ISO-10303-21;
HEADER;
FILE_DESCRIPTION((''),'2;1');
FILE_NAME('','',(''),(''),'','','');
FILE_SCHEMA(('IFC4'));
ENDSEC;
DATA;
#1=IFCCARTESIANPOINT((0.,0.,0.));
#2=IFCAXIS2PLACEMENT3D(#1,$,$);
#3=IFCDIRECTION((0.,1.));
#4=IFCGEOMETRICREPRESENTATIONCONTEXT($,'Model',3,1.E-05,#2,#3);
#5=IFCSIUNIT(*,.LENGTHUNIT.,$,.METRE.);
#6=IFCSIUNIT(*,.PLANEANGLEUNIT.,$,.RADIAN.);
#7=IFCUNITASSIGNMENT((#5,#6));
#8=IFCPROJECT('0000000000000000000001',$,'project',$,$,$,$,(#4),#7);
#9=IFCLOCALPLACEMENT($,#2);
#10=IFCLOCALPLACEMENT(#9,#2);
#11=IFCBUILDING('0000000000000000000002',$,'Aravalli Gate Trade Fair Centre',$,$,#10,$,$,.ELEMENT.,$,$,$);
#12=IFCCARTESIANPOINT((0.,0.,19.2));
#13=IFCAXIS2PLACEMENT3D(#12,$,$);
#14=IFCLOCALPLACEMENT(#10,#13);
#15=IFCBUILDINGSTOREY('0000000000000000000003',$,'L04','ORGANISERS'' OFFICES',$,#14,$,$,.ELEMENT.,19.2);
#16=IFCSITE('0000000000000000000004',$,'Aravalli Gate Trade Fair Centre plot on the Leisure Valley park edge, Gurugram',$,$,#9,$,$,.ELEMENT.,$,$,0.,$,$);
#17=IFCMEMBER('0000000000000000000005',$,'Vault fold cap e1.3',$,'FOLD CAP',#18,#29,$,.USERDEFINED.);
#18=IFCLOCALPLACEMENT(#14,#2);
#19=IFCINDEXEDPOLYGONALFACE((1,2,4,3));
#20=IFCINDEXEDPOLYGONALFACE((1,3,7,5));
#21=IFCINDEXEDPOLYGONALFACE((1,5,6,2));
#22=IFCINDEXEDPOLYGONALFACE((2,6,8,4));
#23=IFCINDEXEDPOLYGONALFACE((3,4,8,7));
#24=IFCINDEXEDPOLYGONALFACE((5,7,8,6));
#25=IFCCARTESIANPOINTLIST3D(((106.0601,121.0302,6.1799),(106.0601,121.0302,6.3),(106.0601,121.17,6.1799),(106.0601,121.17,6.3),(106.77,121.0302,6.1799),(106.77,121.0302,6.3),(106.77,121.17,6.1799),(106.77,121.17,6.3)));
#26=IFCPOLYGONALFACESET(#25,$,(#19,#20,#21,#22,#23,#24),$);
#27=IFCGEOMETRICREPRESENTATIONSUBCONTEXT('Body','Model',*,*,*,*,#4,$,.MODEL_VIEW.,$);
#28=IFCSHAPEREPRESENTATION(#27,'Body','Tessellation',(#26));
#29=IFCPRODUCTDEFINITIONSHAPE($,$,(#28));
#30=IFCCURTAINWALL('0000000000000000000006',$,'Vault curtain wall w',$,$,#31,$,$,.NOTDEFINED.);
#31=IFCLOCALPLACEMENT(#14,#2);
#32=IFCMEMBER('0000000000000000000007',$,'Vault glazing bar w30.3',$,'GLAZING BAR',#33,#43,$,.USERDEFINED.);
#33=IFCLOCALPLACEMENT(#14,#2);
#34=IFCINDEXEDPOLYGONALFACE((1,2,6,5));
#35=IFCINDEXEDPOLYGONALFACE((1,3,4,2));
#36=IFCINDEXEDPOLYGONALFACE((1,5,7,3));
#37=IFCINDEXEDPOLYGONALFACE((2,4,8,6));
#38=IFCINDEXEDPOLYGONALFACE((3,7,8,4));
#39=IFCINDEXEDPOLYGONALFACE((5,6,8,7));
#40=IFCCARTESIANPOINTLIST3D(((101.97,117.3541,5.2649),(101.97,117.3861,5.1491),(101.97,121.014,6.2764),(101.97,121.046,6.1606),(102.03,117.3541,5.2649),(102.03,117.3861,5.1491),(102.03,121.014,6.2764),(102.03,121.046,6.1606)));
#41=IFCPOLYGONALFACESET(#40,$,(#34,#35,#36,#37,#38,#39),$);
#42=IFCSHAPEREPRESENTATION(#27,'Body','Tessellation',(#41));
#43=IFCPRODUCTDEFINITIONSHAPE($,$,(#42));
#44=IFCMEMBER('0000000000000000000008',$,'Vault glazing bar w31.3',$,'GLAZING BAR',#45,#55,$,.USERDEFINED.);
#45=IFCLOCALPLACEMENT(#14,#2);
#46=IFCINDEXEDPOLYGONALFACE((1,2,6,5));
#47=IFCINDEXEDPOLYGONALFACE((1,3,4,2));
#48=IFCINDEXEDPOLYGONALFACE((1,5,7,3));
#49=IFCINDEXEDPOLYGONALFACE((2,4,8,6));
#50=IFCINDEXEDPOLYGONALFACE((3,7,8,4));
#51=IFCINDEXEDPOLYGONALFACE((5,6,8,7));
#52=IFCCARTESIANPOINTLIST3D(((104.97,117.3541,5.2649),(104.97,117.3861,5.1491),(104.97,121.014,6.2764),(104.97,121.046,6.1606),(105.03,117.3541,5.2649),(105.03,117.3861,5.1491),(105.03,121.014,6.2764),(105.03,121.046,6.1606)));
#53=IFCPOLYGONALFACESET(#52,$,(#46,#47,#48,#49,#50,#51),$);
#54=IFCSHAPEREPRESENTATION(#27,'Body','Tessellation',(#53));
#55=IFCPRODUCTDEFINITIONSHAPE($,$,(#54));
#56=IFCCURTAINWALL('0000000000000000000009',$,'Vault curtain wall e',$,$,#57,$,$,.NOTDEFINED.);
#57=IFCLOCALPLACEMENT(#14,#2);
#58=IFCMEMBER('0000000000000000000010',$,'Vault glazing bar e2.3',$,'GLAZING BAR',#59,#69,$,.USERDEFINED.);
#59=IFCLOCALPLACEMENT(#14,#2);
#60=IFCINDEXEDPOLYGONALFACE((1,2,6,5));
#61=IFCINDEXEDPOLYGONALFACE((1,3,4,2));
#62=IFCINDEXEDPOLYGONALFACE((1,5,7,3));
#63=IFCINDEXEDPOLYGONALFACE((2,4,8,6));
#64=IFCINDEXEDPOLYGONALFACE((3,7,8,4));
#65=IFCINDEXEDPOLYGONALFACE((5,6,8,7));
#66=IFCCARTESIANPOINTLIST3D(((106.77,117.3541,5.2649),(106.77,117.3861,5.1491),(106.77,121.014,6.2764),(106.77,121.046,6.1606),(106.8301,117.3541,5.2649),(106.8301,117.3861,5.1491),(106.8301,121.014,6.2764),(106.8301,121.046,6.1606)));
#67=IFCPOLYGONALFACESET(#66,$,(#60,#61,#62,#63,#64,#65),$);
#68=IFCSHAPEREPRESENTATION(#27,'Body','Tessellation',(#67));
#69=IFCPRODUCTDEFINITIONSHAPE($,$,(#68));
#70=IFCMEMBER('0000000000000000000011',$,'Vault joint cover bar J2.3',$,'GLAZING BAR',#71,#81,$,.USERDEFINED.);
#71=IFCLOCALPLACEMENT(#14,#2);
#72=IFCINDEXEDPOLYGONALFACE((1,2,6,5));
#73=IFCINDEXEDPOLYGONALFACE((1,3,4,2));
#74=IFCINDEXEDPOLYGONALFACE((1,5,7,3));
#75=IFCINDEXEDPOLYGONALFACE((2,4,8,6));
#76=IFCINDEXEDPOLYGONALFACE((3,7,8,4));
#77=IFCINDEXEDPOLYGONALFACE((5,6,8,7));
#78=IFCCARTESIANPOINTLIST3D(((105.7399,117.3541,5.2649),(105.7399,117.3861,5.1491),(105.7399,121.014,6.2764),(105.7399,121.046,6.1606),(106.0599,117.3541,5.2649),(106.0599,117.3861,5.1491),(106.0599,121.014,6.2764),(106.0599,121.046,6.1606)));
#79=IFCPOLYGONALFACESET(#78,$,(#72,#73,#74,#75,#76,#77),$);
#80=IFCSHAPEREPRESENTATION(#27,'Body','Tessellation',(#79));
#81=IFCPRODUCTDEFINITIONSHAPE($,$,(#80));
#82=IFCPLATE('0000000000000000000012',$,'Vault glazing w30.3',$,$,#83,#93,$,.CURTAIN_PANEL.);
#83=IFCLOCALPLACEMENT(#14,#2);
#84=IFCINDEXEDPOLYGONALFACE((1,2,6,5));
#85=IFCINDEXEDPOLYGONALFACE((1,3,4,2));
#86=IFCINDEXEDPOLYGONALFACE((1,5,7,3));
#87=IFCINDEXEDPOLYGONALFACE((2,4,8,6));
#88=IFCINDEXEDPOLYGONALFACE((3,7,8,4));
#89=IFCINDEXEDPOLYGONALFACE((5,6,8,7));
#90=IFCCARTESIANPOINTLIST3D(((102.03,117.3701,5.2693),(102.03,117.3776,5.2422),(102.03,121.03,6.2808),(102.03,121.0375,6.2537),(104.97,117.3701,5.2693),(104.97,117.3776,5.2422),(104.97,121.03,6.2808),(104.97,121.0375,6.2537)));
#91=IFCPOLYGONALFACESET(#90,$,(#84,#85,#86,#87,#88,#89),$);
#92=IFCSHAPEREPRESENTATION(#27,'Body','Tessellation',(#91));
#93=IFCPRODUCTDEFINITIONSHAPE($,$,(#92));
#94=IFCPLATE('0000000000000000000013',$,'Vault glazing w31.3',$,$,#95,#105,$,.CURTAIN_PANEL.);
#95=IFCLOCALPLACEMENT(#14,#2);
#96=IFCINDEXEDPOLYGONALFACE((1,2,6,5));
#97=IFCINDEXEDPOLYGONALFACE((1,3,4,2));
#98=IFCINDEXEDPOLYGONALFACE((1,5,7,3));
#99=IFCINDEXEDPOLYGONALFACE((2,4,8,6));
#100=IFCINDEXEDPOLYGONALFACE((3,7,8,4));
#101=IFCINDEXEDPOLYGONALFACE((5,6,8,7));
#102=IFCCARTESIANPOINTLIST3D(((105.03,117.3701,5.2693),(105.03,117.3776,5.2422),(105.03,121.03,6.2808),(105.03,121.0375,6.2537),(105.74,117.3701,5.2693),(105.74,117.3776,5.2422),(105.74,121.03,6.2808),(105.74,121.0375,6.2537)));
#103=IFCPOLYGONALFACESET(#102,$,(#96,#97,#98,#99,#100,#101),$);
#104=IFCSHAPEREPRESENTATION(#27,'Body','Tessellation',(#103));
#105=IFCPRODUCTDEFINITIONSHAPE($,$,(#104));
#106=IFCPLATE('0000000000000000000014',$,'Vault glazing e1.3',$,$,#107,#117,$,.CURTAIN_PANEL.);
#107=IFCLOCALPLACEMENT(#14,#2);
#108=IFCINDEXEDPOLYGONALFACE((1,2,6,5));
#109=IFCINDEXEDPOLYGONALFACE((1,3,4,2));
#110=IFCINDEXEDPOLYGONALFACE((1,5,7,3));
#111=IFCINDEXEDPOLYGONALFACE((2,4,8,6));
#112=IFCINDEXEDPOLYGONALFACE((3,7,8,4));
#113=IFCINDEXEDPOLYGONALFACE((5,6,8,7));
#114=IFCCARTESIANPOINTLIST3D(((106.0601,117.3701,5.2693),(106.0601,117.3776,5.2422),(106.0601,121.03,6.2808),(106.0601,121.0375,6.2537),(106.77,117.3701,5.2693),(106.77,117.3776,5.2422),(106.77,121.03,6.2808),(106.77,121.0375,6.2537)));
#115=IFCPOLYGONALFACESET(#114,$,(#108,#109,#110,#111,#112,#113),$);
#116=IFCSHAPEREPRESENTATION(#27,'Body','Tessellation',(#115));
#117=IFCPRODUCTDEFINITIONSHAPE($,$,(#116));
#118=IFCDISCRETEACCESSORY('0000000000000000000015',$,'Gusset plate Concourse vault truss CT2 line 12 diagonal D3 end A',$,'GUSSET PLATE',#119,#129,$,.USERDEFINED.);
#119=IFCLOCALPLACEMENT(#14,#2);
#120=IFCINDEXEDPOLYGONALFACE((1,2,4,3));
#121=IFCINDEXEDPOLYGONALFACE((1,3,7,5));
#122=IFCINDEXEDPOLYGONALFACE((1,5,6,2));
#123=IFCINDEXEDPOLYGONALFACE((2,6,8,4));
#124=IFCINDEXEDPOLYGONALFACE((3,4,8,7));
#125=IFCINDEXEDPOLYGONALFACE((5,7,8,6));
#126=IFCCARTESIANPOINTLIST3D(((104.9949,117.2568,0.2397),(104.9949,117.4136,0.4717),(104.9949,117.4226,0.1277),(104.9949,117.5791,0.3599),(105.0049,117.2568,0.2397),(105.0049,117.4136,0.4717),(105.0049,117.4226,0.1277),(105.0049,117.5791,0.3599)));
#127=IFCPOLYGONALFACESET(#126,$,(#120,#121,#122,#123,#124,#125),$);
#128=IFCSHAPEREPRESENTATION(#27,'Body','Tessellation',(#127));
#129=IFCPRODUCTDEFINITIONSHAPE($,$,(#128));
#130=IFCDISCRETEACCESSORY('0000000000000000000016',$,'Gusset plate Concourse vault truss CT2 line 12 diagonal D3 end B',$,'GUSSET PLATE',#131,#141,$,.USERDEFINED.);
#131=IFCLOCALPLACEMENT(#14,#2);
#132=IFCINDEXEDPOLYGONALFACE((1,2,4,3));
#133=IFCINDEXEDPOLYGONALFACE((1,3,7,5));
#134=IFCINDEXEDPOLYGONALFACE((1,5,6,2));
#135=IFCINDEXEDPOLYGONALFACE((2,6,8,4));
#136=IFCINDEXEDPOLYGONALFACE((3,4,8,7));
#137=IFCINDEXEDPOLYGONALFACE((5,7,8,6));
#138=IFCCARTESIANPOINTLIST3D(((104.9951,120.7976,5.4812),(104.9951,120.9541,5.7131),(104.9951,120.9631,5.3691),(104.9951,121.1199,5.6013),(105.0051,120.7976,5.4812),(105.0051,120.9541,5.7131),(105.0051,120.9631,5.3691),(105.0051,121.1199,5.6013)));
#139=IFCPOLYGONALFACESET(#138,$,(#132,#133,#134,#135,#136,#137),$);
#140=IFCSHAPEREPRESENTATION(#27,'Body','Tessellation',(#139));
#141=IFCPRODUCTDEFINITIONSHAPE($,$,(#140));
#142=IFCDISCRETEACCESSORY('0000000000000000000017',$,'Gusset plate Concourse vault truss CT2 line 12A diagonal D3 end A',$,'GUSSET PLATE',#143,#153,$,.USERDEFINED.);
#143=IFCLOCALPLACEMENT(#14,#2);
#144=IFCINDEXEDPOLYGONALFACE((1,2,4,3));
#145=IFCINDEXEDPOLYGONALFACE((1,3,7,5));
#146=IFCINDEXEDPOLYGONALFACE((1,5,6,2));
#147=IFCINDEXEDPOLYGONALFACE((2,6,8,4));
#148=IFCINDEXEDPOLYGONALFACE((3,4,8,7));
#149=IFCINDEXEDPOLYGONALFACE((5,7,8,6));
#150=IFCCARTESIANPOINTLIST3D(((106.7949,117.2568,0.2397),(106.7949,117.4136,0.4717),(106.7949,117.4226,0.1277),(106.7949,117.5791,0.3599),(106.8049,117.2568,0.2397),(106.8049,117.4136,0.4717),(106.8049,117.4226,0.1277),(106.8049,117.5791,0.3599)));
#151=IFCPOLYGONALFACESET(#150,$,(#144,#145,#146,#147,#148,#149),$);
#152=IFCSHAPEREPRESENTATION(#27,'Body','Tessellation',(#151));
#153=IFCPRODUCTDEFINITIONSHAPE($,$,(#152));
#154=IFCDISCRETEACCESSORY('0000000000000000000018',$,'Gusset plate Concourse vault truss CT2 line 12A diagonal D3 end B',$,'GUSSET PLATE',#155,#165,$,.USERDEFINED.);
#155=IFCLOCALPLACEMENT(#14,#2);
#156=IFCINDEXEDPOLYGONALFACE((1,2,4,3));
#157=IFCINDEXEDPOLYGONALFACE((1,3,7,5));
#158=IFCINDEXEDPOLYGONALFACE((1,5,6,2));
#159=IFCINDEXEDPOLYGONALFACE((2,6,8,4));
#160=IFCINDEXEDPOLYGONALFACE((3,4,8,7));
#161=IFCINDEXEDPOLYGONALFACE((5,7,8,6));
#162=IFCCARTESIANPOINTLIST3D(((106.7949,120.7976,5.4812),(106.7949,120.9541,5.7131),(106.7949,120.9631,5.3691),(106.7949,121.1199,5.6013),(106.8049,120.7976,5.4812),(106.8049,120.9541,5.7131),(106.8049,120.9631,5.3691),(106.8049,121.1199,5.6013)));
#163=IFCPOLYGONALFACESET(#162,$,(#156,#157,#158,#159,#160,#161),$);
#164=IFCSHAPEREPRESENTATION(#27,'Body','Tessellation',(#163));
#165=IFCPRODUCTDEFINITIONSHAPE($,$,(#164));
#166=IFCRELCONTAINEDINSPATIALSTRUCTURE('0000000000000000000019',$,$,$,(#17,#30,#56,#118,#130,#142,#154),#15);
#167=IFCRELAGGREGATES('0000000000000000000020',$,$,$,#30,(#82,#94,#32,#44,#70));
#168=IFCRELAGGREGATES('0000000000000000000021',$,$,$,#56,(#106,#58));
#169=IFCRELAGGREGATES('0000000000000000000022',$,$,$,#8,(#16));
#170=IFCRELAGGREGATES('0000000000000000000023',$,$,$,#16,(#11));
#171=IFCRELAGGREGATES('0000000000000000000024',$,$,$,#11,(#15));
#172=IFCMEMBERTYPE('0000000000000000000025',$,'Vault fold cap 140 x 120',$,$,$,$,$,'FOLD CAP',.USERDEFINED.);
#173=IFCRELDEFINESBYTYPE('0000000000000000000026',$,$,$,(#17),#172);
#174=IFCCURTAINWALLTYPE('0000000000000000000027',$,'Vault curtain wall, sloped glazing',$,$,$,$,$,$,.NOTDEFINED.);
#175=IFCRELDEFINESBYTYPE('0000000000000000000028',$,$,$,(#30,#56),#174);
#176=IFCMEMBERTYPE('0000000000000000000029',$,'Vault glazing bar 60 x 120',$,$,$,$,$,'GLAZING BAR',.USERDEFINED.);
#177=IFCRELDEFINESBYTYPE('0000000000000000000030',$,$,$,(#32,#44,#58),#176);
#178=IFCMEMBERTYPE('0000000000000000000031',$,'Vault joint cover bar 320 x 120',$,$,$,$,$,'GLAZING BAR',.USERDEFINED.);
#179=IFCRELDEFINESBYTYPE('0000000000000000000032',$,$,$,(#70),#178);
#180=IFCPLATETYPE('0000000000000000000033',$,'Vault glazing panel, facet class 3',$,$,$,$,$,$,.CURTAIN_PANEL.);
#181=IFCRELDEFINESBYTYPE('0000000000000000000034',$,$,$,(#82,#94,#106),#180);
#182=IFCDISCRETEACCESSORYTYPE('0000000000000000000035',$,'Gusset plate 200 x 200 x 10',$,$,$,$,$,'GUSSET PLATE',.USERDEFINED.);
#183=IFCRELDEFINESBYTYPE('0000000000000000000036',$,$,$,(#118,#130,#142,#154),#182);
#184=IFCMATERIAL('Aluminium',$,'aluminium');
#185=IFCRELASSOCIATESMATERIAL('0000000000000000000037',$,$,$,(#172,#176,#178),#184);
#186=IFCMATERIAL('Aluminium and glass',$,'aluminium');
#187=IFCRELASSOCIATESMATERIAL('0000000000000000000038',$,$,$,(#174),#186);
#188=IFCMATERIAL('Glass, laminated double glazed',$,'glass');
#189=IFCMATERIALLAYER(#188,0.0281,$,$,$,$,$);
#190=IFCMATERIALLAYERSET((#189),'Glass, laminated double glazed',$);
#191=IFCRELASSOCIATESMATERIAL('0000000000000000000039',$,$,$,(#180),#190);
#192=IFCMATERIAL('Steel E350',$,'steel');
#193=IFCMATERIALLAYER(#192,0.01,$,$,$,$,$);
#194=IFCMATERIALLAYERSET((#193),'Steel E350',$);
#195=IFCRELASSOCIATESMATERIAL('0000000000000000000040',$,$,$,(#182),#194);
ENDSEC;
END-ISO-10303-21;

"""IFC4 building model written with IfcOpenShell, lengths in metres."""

from ifc_helpers import new_model, si_unit, direction, frame, origin, origin_2d, place, context, subcontext, project, spatial, polyline, rectangle, outline, extrude, material, layer, layer_set, material_profile, profile_set, type_object, element, aggregate, save


model = new_model("IFC4")

# Units and contexts
model_context = context("Model", 3, precision=1e-05, world=origin(), true_north=direction((0.0, 1.0)))
body_context = subcontext(model_context, "Body", "Model", "MODEL_VIEW")
ifc_project = project(units=[si_unit("LENGTHUNIT", "METRE"), si_unit("PLANEANGLEUNIT", "RADIAN")], contexts=[model_context])

# Site, building, storey
site_placement = place(None, origin())
site = spatial("IfcSite", under=ifc_project, at=site_placement, Name="Aravalli Gate Trade Fair Centre plot on the Leisure Valley park edge, Gurugram", CompositionType="ELEMENT", RefElevation=0.0)
building_placement = place(site_placement, origin())
building = spatial("IfcBuilding", under=site, at=building_placement, Name="Aravalli Gate Trade Fair Centre", CompositionType="ELEMENT")
storey_placement = place(building_placement, frame((0.0, 0.0, 19.2)))
storey = spatial("IfcBuildingStorey", under=building, at=storey_placement, Name="L04", Description="ORGANISERS' OFFICES", CompositionType="ELEMENT", Elevation=19.2)

# Member
ifc_material_1 = material(Name="Steel E350", Category="steel")
ifc_material_2 = material(Name="Aluminium", Category="aluminium")
ifc_material_profile_1 = material_profile(ifc_material_2, rectangle(XDim=0.1399, YDim=0.1201, at=origin_2d()), Name="Vault fold cap 140 x 120")
ifc_profile_set_1 = profile_set([ifc_material_profile_1], Name="Aluminium")
member_type_1 = type_object("IfcMemberType", Name="Vault fold cap 140 x 120", ElementType="FOLD CAP", PredefinedType="USERDEFINED", material=ifc_profile_set_1)
for number, where, z_axis, x_axis, name in (
    (1, (106.0601, 121.1001, 6.24), (1.0, 0.0, 0.0), (0.0, 1.0, 0.0), "Vault fold cap e1.3"),
):
    element("IfcMember", number, at=place(storey_placement, frame(where, z_axis=z_axis, x_axis=x_axis)), inside=storey, type_object=member_type_1, Name=name, ObjectType="FOLD CAP", PredefinedType="USERDEFINED", context=body_context, shape_type="SweptSolid", body=[
        extrude(rectangle(XDim=0.1399, YDim=0.1201, at=origin_2d()), origin(), (0.0, 0.0, 1.0), 0.71),
    ])

# Curtain wall, members
ifc_material_3 = material(Name="Aluminium and glass", Category="aluminium")
curtain_wall_type = type_object("IfcCurtainWallType", Name="Vault curtain wall, sloped glazing", PredefinedType="NOTDEFINED", material=ifc_material_3)
curtain_wall_1_placement = place(storey_placement, origin())
curtain_wall_1 = element("IfcCurtainWall", 2, at=curtain_wall_1_placement, inside=storey, type_object=curtain_wall_type, Name="Vault curtain wall w", PredefinedType="NOTDEFINED")
ifc_material_profile_2 = material_profile(ifc_material_2, rectangle(XDim=0.0601, YDim=0.1201, at=origin_2d()), Name="Vault glazing bar 60 x 120")
ifc_profile_set_2 = profile_set([ifc_material_profile_2], Name="Aluminium")
member_type_2 = type_object("IfcMemberType", Name="Vault glazing bar 60 x 120", ElementType="GLAZING BAR", PredefinedType="USERDEFINED", material=ifc_profile_set_2)
member_1_placement = place(storey_placement, frame((102.0, 117.3701, 5.207), z_axis=(0.0, 0.963868, 0.26638), x_axis=(-1.0, 0.0, 0.0)))
member_1 = element("IfcMember", 3, at=member_1_placement, type_object=member_type_2, Name="Vault glazing bar w30.3", ObjectType="GLAZING BAR", PredefinedType="USERDEFINED", context=body_context, shape_type="SweptSolid", body=[
    extrude(rectangle(XDim=0.0601, YDim=0.1201, at=origin_2d()), origin(), (0.0, 0.0, 1.0), 3.7971),
])
member_2_placement = place(storey_placement, frame((105.0, 117.3701, 5.207), z_axis=(0.0, 0.963868, 0.26638), x_axis=(-1.0, 0.0, 0.0)))
member_2 = element("IfcMember", 4, at=member_2_placement, type_object=member_type_2, Name="Vault glazing bar w31.3", ObjectType="GLAZING BAR", PredefinedType="USERDEFINED", context=body_context, shape_type="SweptSolid", body=[
    extrude(rectangle(XDim=0.0601, YDim=0.1201, at=origin_2d()), origin(), (0.0, 0.0, 1.0), 3.7971),
])

# Curtain wall, member
curtain_wall_2_placement = place(storey_placement, origin())
curtain_wall_2 = element("IfcCurtainWall", 5, at=curtain_wall_2_placement, inside=storey, type_object=curtain_wall_type, Name="Vault curtain wall e", PredefinedType="NOTDEFINED")
member_3_placement = place(storey_placement, frame((106.8, 117.3701, 5.207), z_axis=(0.0, 0.963868, 0.26638), x_axis=(-1.0, 0.0, 0.0)))
member_3 = element("IfcMember", 6, at=member_3_placement, type_object=member_type_2, Name="Vault glazing bar e2.3", ObjectType="GLAZING BAR", PredefinedType="USERDEFINED", context=body_context, shape_type="SweptSolid", body=[
    extrude(rectangle(XDim=0.0601, YDim=0.1201, at=origin_2d()), origin(), (0.0, 0.0, 1.0), 3.7971),
])

# Member
ifc_material_profile_3 = material_profile(ifc_material_2, rectangle(XDim=0.3201, YDim=0.1201, at=origin_2d()), Name="Vault joint cover bar 320 x 120")
ifc_profile_set_3 = profile_set([ifc_material_profile_3], Name="Aluminium")
member_type_3 = type_object("IfcMemberType", Name="Vault joint cover bar 320 x 120", ElementType="GLAZING BAR", PredefinedType="USERDEFINED", material=ifc_profile_set_3)
member_4_placement = place(storey_placement, frame((105.8999, 117.3701, 5.207), z_axis=(0.0, 0.963868, 0.26638), x_axis=(-1.0, 0.0, 0.0)))
member_4 = element("IfcMember", 7, at=member_4_placement, type_object=member_type_3, Name="Vault joint cover bar J2.3", ObjectType="GLAZING BAR", PredefinedType="USERDEFINED", context=body_context, shape_type="SweptSolid", body=[
    extrude(rectangle(XDim=0.3201, YDim=0.1201, at=origin_2d()), origin(), (0.0, 0.0, 1.0), 3.7971),
])

# Plates
ifc_material_4 = material(Name="Glass, laminated double glazed", Category="glass")
ifc_layer_1 = layer(ifc_material_4, 0.0281)
ifc_layer_set_1 = layer_set([ifc_layer_1], Name="Glass, laminated double glazed")
plate_type = type_object("IfcPlateType", Name="Vault glazing panel, facet class 3", PredefinedType="CURTAIN_PANEL", material=ifc_layer_set_1)
plate_1_placement = place(storey_placement, frame((102.03, 117.3701, 5.2693), z_axis=(0.0, -0.26638, 0.963868), x_axis=(1.0, 0.0, 0.0)))
plate_1 = element("IfcPlate", 8, at=plate_1_placement, type_object=plate_type, Name="Vault glazing w30.3", PredefinedType="CURTAIN_PANEL", context=body_context, shape_type="SweptSolid", body=[
    extrude(outline(polyline([(0.0, 0.0), (2.9399, 0.0), (2.9399, 3.7971), (0.0, 3.7971), (0.0, 0.0)])), origin(), (0.0, 0.0, -1.0), 0.0281),
])
plate_2_placement = place(storey_placement, frame((105.03, 117.3701, 5.2693), z_axis=(0.0, -0.26638, 0.963868), x_axis=(1.0, 0.0, 0.0)))
plate_2 = element("IfcPlate", 9, at=plate_2_placement, type_object=plate_type, Name="Vault glazing w31.3", PredefinedType="CURTAIN_PANEL", context=body_context, shape_type="SweptSolid", body=[
    extrude(outline(polyline([(0.0, 0.0), (0.71, 0.0), (0.71, 3.7971), (0.0, 3.7971), (0.0, 0.0)])), origin(), (0.0, 0.0, -1.0), 0.0281),
])
aggregate(curtain_wall_1, [plate_1, plate_2, member_1, member_2, member_4])
plate_3_placement = place(storey_placement, frame((106.0601, 117.3701, 5.2693), z_axis=(0.0, -0.26638, 0.963868), x_axis=(1.0, 0.0, 0.0)))
plate_3 = element("IfcPlate", 10, at=plate_3_placement, type_object=plate_type, Name="Vault glazing e1.3", PredefinedType="CURTAIN_PANEL", context=body_context, shape_type="SweptSolid", body=[
    extrude(outline(polyline([(0.0, 0.0), (0.71, 0.0), (0.71, 3.7971), (0.0, 3.7971), (0.0, 0.0)])), origin(), (0.0, 0.0, -1.0), 0.0281),
])
aggregate(curtain_wall_2, [plate_3, member_3])

# Discrete accessories
ifc_layer_2 = layer(ifc_material_1, 0.01)
ifc_layer_set_2 = layer_set([ifc_layer_2], Name="Steel E350")
discrete_accessory_type = type_object("IfcDiscreteAccessoryType", Name="Gusset plate 200 x 200 x 10", ElementType="GUSSET PLATE", PredefinedType="USERDEFINED", material=ifc_layer_set_2)
discrete_accessory_1_placement = place(storey_placement, frame((105.0049, 117.4136, 0.4717), z_axis=(1.0, 0.0, 0.0), x_axis=(0.0, -0.559922, -0.828545)))
element("IfcDiscreteAccessory", 11, at=discrete_accessory_1_placement, inside=storey, type_object=discrete_accessory_type, Name="Gusset plate Concourse vault truss CT2 line 12 diagonal D3 end A", ObjectType="GUSSET PLATE", PredefinedType="USERDEFINED", context=body_context, shape_type="SweptSolid", body=[
    extrude(outline(polyline([(0.0, 0.0), (0.2799, 0.0), (0.28, 0.2001), (0.0, 0.1998), (0.0, 0.0)])), origin(), (0.0, 0.0, -1.0), 0.01),
])
discrete_accessory_2_placement = place(storey_placement, frame((104.9951, 120.7976, 5.4812), z_axis=(-1.0, 0.0, 0.0), x_axis=(0.0, 0.559323, 0.82895)))
element("IfcDiscreteAccessory", 12, at=discrete_accessory_2_placement, inside=storey, type_object=discrete_accessory_type, Name="Gusset plate Concourse vault truss CT2 line 12 diagonal D3 end B", ObjectType="GUSSET PLATE", PredefinedType="USERDEFINED", context=body_context, shape_type="SweptSolid", body=[
    extrude(outline(polyline([(0.0, 0.0), (0.2798, 0.0), (0.2798, 0.2), (-0.0003, 0.1999), (0.0, 0.0)])), origin(), (0.0, 0.0, -1.0), 0.01),
])
discrete_accessory_3_placement = place(storey_placement, frame((106.8049, 117.4136, 0.4717), z_axis=(1.0, 0.0, 0.0), x_axis=(0.0, -0.559922, -0.828545)))
element("IfcDiscreteAccessory", 13, at=discrete_accessory_3_placement, inside=storey, type_object=discrete_accessory_type, Name="Gusset plate Concourse vault truss CT2 line 12A diagonal D3 end A", ObjectType="GUSSET PLATE", PredefinedType="USERDEFINED", context=body_context, shape_type="SweptSolid", body=[
    extrude(outline(polyline([(0.0, 0.0), (0.2799, 0.0), (0.28, 0.2001), (0.0, 0.1998), (0.0, 0.0)])), origin(), (0.0, 0.0, -1.0), 0.01),
])
discrete_accessory_4_placement = place(storey_placement, frame((106.7949, 120.7976, 5.4812), z_axis=(-1.0, 0.0, 0.0), x_axis=(0.0, 0.559323, 0.82895)))
element("IfcDiscreteAccessory", 14, at=discrete_accessory_4_placement, inside=storey, type_object=discrete_accessory_type, Name="Gusset plate Concourse vault truss CT2 line 12A diagonal D3 end B", ObjectType="GUSSET PLATE", PredefinedType="USERDEFINED", context=body_context, shape_type="SweptSolid", body=[
    extrude(outline(polyline([(0.0, 0.0), (0.2798, 0.0), (0.2798, 0.2), (-0.0003, 0.1999), (0.0, 0.0)])), origin(), (0.0, 0.0, -1.0), 0.01),
])

save(model, "model.ifc")
